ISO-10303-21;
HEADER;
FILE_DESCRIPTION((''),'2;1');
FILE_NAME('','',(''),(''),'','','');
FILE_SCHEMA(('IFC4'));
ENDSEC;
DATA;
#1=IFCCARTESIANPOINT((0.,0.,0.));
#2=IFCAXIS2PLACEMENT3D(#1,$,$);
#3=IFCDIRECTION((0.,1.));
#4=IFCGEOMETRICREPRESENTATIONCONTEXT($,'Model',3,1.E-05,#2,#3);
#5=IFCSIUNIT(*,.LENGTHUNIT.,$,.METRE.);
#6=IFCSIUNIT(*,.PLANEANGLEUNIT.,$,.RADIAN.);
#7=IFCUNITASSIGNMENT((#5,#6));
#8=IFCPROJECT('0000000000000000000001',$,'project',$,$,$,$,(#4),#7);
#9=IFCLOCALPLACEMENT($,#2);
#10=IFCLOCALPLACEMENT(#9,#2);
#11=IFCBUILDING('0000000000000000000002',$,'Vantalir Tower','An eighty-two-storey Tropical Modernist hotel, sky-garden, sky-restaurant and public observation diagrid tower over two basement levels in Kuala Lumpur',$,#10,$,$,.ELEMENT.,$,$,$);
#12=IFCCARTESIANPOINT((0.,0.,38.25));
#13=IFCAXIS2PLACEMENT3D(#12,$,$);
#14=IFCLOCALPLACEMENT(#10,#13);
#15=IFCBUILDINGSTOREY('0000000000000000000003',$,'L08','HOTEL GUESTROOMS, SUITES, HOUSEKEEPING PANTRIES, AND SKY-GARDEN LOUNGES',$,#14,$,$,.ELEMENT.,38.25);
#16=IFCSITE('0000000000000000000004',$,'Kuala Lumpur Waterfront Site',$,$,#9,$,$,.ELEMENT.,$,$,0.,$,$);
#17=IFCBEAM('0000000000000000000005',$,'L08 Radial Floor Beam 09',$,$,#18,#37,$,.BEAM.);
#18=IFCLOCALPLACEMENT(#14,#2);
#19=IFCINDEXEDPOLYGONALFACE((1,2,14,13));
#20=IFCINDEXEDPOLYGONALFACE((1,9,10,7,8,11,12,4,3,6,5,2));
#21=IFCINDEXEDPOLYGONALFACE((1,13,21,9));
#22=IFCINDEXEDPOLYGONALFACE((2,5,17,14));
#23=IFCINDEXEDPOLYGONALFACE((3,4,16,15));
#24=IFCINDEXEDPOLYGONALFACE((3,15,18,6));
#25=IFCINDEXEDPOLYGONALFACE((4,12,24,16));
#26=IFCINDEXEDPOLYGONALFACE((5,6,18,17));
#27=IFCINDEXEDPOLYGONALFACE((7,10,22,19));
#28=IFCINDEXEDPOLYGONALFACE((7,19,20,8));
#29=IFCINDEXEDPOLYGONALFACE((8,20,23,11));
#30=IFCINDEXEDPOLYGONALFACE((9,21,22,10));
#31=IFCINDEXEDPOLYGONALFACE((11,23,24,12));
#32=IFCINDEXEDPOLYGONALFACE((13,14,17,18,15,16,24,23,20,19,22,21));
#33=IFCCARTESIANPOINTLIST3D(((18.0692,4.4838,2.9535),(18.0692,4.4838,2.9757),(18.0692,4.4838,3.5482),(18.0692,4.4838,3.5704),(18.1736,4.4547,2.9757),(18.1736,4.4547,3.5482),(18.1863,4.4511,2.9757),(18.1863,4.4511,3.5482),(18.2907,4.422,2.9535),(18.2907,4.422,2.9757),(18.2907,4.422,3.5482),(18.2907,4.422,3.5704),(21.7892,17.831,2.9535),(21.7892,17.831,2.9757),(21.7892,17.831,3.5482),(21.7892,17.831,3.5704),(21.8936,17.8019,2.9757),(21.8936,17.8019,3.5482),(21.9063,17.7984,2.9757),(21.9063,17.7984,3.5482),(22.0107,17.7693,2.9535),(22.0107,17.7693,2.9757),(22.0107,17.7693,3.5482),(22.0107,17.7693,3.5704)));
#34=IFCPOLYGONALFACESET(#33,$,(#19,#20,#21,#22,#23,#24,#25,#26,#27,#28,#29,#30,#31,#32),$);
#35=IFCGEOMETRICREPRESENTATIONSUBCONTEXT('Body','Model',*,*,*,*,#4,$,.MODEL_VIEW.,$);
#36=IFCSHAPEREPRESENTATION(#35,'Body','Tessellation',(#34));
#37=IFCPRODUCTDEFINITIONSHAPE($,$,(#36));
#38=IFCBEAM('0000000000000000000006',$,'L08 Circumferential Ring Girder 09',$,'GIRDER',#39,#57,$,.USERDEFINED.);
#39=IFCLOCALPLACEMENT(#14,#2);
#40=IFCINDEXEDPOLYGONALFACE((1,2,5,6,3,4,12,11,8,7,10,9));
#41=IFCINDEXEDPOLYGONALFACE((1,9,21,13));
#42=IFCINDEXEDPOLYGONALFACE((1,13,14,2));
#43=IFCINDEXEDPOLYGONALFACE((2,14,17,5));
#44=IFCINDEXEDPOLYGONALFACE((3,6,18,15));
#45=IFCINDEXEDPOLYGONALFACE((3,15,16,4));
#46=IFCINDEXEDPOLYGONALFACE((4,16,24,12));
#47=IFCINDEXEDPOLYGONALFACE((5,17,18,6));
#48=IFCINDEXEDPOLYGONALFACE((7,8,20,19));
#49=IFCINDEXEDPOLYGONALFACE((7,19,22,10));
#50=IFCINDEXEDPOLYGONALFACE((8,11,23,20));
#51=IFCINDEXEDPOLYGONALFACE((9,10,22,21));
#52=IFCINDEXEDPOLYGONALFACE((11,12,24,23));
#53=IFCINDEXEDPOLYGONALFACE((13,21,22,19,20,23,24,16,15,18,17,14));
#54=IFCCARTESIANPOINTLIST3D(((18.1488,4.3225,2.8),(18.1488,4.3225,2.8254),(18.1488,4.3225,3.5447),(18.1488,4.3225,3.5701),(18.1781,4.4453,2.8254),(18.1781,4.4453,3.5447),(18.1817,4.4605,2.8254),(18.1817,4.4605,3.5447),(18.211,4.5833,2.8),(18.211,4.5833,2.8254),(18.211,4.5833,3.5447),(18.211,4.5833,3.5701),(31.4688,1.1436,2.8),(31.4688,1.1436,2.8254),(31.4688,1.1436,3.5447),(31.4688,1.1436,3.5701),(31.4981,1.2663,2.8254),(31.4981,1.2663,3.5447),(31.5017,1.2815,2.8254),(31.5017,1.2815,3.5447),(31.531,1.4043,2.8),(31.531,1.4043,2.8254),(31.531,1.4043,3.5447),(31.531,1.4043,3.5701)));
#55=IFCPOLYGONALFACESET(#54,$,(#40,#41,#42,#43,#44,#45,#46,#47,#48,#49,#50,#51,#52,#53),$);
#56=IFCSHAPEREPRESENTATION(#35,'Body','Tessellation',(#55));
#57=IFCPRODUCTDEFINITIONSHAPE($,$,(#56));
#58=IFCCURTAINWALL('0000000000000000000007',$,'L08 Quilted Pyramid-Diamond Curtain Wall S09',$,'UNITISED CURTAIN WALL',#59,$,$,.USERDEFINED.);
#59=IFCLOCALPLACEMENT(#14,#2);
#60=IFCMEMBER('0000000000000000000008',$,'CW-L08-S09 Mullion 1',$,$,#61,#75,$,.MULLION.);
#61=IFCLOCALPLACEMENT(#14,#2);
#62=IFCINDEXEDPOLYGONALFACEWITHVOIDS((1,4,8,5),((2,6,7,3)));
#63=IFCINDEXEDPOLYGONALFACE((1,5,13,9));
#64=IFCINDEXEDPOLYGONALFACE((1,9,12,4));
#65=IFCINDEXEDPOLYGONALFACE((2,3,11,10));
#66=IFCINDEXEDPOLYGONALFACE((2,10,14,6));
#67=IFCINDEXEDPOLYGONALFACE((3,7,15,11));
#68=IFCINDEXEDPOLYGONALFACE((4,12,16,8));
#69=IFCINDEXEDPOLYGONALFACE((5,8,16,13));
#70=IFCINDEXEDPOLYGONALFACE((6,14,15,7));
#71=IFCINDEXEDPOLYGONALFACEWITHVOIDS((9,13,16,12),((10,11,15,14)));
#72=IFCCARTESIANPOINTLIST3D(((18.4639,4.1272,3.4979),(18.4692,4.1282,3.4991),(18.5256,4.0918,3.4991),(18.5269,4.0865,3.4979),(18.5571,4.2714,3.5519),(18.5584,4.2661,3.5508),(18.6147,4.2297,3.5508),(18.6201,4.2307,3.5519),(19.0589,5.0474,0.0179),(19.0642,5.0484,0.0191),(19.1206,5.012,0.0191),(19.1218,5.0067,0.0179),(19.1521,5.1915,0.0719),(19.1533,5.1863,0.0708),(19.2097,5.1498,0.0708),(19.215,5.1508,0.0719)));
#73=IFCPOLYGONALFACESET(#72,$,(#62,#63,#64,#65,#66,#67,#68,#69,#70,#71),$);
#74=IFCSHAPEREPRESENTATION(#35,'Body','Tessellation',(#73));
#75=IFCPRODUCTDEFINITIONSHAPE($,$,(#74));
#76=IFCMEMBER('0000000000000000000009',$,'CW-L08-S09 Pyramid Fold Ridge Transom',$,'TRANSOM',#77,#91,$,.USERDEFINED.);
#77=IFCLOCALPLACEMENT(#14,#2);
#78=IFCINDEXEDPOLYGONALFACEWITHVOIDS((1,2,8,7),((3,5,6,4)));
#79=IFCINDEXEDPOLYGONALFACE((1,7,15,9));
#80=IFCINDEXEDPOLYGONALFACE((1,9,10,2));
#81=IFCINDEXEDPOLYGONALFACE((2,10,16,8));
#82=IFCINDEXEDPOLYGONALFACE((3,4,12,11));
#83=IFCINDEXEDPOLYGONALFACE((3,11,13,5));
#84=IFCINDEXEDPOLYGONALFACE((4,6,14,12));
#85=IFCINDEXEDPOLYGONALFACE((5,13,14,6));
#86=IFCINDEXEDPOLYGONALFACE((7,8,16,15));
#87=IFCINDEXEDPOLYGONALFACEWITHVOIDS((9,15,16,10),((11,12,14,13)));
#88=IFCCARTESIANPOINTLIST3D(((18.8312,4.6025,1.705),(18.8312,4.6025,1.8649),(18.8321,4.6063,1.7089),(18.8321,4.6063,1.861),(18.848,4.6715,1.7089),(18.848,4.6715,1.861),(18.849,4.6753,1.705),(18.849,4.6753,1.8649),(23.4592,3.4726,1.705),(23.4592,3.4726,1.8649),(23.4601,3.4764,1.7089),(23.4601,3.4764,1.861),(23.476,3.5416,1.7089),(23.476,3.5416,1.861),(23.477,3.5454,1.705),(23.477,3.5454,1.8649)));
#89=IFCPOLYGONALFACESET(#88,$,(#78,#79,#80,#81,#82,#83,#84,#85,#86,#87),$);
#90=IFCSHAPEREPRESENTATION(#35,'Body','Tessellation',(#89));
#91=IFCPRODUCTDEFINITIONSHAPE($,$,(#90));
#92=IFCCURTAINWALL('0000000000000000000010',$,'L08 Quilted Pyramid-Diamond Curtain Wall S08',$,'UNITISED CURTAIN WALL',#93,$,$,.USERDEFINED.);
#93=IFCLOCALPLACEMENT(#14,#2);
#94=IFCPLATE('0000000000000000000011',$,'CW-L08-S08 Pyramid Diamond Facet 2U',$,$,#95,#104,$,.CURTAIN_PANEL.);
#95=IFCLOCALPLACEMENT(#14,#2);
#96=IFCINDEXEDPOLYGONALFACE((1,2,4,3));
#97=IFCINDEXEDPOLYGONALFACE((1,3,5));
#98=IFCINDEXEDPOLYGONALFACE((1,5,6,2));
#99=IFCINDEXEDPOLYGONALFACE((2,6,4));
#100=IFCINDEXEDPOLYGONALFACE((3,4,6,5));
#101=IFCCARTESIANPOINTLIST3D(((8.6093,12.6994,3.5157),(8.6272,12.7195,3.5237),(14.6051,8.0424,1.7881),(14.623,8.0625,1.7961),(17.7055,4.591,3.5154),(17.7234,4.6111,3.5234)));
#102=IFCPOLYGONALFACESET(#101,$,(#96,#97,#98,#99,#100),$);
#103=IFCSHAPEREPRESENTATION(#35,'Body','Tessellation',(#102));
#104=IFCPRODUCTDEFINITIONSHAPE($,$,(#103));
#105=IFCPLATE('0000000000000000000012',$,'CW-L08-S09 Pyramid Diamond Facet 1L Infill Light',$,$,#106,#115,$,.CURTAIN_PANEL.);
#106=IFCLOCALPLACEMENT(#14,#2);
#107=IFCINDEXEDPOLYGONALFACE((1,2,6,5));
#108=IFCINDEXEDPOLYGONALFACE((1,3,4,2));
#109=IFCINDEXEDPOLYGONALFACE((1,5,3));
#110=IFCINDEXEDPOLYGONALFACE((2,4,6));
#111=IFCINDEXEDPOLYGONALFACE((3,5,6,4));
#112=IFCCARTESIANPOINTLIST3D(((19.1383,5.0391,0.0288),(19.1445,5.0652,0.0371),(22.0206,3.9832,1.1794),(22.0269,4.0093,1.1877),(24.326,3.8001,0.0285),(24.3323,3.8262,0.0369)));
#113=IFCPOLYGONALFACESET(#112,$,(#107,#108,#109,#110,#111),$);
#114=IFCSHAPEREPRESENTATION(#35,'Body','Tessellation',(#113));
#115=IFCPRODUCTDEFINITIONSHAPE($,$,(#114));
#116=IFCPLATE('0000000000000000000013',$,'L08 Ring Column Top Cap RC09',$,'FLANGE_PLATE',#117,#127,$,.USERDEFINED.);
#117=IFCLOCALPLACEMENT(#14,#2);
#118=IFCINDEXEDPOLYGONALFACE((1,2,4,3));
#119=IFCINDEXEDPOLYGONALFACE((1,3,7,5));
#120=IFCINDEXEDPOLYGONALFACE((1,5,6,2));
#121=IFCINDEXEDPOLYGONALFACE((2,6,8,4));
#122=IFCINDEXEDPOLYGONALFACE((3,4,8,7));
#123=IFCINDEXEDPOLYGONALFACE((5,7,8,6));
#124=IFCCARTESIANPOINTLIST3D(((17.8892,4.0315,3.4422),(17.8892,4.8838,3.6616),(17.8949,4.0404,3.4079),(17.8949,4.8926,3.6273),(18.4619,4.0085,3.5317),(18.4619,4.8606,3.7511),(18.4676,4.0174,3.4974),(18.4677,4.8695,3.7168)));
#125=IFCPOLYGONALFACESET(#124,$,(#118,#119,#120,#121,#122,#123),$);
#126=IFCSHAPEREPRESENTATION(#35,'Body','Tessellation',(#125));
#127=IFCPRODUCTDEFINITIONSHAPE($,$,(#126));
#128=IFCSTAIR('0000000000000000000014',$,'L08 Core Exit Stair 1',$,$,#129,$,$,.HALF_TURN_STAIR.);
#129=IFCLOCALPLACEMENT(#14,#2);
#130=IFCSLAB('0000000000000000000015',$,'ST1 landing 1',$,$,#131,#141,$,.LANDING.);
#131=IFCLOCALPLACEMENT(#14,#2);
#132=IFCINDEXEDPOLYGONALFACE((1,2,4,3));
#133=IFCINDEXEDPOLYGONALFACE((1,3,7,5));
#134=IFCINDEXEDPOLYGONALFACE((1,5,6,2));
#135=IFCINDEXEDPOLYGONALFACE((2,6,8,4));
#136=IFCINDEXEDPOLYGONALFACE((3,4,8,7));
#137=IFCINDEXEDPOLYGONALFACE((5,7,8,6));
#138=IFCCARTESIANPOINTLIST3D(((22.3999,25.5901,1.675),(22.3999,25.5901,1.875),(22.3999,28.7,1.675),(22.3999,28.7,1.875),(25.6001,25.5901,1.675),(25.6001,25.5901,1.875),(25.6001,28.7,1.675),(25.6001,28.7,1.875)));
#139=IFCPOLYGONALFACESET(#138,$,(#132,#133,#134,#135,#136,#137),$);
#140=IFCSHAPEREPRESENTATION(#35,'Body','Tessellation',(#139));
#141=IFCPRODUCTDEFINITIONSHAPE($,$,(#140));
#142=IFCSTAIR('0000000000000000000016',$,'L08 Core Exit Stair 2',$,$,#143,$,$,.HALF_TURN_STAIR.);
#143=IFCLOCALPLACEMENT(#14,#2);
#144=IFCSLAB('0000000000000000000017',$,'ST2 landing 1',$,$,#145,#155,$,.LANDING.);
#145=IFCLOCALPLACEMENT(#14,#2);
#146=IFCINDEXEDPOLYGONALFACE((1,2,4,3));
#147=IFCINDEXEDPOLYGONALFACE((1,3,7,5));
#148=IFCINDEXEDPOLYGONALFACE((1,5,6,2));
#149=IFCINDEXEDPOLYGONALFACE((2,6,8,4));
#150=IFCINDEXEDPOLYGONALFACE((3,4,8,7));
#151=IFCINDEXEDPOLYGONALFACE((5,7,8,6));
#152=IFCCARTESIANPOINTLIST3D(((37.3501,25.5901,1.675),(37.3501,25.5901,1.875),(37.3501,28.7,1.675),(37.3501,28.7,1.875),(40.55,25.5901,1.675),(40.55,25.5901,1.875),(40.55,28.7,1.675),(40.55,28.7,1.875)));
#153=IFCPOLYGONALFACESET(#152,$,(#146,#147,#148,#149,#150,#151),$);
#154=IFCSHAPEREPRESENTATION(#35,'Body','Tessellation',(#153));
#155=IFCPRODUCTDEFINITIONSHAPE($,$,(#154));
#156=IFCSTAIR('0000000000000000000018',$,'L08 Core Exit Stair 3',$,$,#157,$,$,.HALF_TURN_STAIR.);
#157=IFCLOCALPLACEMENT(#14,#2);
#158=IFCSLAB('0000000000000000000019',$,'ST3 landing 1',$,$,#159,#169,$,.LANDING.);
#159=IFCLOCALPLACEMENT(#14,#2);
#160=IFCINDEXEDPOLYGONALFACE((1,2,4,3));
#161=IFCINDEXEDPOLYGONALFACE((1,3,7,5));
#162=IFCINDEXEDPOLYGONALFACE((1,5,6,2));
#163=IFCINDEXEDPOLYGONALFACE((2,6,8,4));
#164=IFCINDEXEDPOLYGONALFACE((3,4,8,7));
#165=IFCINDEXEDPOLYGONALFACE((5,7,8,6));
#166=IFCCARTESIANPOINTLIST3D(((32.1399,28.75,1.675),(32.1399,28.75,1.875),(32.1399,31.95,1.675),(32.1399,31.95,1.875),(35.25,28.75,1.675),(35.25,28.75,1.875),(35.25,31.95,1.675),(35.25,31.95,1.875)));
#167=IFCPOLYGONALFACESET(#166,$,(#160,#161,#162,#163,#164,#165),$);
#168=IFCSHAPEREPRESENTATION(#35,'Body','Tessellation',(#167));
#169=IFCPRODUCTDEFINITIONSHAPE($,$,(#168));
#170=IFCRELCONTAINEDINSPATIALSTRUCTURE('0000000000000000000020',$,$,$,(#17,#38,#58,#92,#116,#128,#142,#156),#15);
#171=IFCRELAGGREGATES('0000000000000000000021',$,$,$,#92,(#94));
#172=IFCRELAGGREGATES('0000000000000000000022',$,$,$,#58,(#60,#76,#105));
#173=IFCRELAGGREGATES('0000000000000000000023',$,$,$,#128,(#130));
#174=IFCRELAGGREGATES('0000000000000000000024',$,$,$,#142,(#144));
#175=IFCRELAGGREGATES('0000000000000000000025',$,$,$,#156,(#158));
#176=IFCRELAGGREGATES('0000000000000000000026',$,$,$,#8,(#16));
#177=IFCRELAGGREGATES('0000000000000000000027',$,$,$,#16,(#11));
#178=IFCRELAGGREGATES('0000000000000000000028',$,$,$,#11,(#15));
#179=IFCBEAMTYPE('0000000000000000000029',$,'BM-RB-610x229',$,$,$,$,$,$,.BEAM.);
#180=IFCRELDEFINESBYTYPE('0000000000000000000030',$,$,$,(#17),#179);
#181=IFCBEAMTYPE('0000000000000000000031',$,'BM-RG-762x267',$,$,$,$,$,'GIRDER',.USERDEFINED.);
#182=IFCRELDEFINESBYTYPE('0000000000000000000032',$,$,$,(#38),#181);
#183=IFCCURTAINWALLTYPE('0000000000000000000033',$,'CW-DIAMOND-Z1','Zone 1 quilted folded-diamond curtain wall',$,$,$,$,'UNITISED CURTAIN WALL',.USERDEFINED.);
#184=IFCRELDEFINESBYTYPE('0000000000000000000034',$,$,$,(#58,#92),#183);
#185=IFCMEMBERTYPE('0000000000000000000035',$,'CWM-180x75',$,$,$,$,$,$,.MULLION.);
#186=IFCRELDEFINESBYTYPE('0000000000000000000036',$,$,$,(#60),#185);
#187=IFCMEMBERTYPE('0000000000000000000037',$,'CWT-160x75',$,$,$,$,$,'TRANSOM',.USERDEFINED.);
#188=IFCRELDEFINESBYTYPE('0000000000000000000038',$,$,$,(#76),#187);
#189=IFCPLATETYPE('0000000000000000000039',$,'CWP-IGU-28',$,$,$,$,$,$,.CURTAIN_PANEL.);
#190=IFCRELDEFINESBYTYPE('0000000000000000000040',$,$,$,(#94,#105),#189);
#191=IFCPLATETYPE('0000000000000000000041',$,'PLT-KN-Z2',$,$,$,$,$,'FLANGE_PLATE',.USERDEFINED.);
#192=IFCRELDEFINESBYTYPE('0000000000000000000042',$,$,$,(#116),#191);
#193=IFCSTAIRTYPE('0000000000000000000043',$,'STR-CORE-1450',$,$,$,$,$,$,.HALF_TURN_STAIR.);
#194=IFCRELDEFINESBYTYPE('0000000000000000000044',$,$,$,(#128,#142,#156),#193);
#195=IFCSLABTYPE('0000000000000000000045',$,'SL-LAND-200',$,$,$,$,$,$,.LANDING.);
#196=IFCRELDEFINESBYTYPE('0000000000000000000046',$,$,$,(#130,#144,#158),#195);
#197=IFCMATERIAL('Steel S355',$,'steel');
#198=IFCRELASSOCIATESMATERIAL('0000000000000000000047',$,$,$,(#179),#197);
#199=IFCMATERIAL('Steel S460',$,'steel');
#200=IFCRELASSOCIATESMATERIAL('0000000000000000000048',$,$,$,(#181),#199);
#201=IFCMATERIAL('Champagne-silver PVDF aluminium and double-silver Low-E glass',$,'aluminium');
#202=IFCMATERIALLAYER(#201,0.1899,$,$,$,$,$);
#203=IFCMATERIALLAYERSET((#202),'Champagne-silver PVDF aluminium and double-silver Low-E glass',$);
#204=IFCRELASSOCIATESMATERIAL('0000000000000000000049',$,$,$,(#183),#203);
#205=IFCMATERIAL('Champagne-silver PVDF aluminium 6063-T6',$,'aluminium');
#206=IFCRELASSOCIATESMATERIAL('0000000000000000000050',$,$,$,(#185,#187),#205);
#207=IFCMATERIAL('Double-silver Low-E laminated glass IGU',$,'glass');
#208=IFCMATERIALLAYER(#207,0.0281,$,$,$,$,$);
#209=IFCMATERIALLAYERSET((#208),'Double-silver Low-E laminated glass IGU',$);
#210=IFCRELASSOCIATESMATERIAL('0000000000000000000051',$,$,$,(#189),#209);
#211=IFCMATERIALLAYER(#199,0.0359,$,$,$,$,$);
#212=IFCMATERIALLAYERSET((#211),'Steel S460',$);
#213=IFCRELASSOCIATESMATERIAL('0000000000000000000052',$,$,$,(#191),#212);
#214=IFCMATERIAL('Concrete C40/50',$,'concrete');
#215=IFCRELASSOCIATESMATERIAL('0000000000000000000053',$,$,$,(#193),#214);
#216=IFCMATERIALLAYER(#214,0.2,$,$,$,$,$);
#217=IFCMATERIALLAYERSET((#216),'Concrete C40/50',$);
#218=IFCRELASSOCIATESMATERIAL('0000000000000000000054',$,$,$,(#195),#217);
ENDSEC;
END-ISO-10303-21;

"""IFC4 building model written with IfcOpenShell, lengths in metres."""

from ifc_helpers import new_model, si_unit, direction, frame, origin, origin_2d, place, context, subcontext, project, spatial, polyline, hollow_rectangle, i_section, outline, extrude, material, layer, layer_set, material_profile, profile_set, type_object, element, aggregate, save


model = new_model("IFC4")

# Units and contexts
model_context = context("Model", 3, precision=1e-05, world=origin(), true_north=direction((0.0, 1.0)))
body_context = subcontext(model_context, "Body", "Model", "MODEL_VIEW")
ifc_project = project(units=[si_unit("LENGTHUNIT", "METRE"), si_unit("PLANEANGLEUNIT", "RADIAN")], contexts=[model_context])

# Site, building, storey
site_placement = place(None, origin())
site = spatial("IfcSite", under=ifc_project, at=site_placement, Name="Kuala Lumpur Waterfront Site", CompositionType="ELEMENT", RefElevation=0.0)
building_placement = place(site_placement, origin())
building = spatial("IfcBuilding", under=site, at=building_placement, Name="Vantalir Tower", Description="An eighty-two-storey Tropical Modernist hotel, sky-garden, sky-restaurant and public observation diagrid tower over two basement levels in Kuala Lumpur", CompositionType="ELEMENT")
storey_placement = place(building_placement, frame((0.0, 0.0, 38.25)))
storey = spatial("IfcBuildingStorey", under=building, at=storey_placement, Name="L08", Description="HOTEL GUESTROOMS, SUITES, HOUSEKEEPING PANTRIES, AND SKY-GARDEN LOUNGES", CompositionType="ELEMENT", Elevation=38.25)

# Beams
ifc_material_1 = material(Name="Steel S355", Category="steel")
ifc_material_profile_1 = material_profile(ifc_material_1, i_section(OverallWidth=0.23, OverallDepth=0.6169, WebThickness=0.0132, FlangeThickness=0.0222, at=origin_2d()), Name="Steel S355")
ifc_profile_set_1 = profile_set([ifc_material_profile_1], Name="Steel S355")
beam_type_1 = type_object("IfcBeamType", Name="BM-RB-610x229", PredefinedType="BEAM", material=ifc_profile_set_1)
beam_1_placement = place(storey_placement, frame((18.1799, 4.4529, 3.262), z_axis=(0.268476, 0.963286, 0.0), x_axis=(-0.963286, 0.268476, 0.0)))
element("IfcBeam", 1, at=beam_1_placement, inside=storey, type_object=beam_type_1, Name="L08 Radial Floor Beam 09", PredefinedType="BEAM", context=body_context, shape_type="SweptSolid", body=[
    extrude(i_section(OverallWidth=0.23, OverallDepth=0.6169, WebThickness=0.0132, FlangeThickness=0.0222, at=origin_2d()), origin(), (0.0, 0.0, 1.0), 13.856),
])
ifc_material_2 = material(Name="Steel S460", Category="steel")
ifc_material_profile_2 = material_profile(ifc_material_2, i_section(OverallWidth=0.2681, OverallDepth=0.77, WebThickness=0.0156, FlangeThickness=0.0254, at=origin_2d()), Name="Steel S460")
ifc_profile_set_2 = profile_set([ifc_material_profile_2], Name="Steel S460")
beam_type_2 = type_object("IfcBeamType", Name="BM-RG-762x267", ElementType="GIRDER", PredefinedType="USERDEFINED", material=ifc_profile_set_2)
beam_2_placement = place(storey_placement, frame((18.1799, 4.4529, 3.1851), z_axis=(0.972683, -0.232139, 0.0), x_axis=(0.232139, 0.972683, 0.0)))
element("IfcBeam", 2, at=beam_2_placement, inside=storey, type_object=beam_type_2, Name="L08 Circumferential Ring Girder 09", ObjectType="GIRDER", PredefinedType="USERDEFINED", context=body_context, shape_type="SweptSolid", body=[
    extrude(i_section(OverallWidth=0.2681, OverallDepth=0.77, WebThickness=0.0156, FlangeThickness=0.0254, at=origin_2d()), origin(), (0.0, 0.0, 1.0), 13.6941),
])

# Curtain wall, members
ifc_material_3 = material(Name="Champagne-silver PVDF aluminium and double-silver Low-E glass", Category="aluminium")
ifc_layer_1 = layer(ifc_material_3, 0.1899)
ifc_layer_set_1 = layer_set([ifc_layer_1], Name="Champagne-silver PVDF aluminium and double-silver Low-E glass")
curtain_wall_type = type_object("IfcCurtainWallType", Name="CW-DIAMOND-Z1", Description="Zone 1 quilted folded-diamond curtain wall", ElementType="UNITISED CURTAIN WALL", PredefinedType="USERDEFINED", material=ifc_layer_set_1)
curtain_wall_1_placement = place(storey_placement, origin())
curtain_wall_1 = element("IfcCurtainWall", 3, at=curtain_wall_1_placement, inside=storey, type_object=curtain_wall_type, Name="L08 Quilted Pyramid-Diamond Curtain Wall S09", ObjectType="UNITISED CURTAIN WALL", PredefinedType="USERDEFINED")
ifc_material_4 = material(Name="Champagne-silver PVDF aluminium 6063-T6", Category="aluminium")
ifc_material_profile_3 = material_profile(ifc_material_4, hollow_rectangle(XDim=0.075, YDim=0.1799, WallThickness=0.0039, at=origin_2d()), Name="Champagne-silver PVDF aluminium 6063-T6")
ifc_profile_set_3 = profile_set([ifc_material_profile_3], Name="Champagne-silver PVDF aluminium 6063-T6")
member_type_1 = type_object("IfcMemberType", Name="CWM-180x75", PredefinedType="MULLION", material=ifc_profile_set_3)
member_1_placement = place(storey_placement, frame((19.137, 5.0991, 0.0449), z_axis=(-0.163076, -0.25221, 0.953833), x_axis=(0.839749, -0.542974, 0.0)))
member_1 = element("IfcMember", 4, at=member_1_placement, type_object=member_type_1, Name="CW-L08-S09 Mullion 1", PredefinedType="MULLION", context=body_context, shape_type="SweptSolid", body=[
    extrude(hollow_rectangle(XDim=0.075, YDim=0.1799, WallThickness=0.0039, at=origin_2d()), origin(), (0.0, 0.0, 1.0), 3.6484),
])
ifc_material_profile_4 = material_profile(ifc_material_4, hollow_rectangle(XDim=0.075, YDim=0.1599, WallThickness=0.0039, at=origin_2d()), Name="Champagne-silver PVDF aluminium 6063-T6")
ifc_profile_set_4 = profile_set([ifc_material_profile_4], Name="Champagne-silver PVDF aluminium 6063-T6")
member_type_2 = type_object("IfcMemberType", Name="CWT-160x75", ElementType="TRANSOM", PredefinedType="USERDEFINED", material=ifc_profile_set_4)
member_2_placement = place(storey_placement, frame((18.8401, 4.6389, 1.7849), z_axis=(0.971466, -0.237178, 0.0), x_axis=(0.237178, 0.971466, 0.0)))
member_2 = element("IfcMember", 5, at=member_2_placement, type_object=member_type_2, Name="CW-L08-S09 Pyramid Fold Ridge Transom", ObjectType="TRANSOM", PredefinedType="USERDEFINED", context=body_context, shape_type="SweptSolid", body=[
    extrude(hollow_rectangle(XDim=0.075, YDim=0.1599, WallThickness=0.0039, at=origin_2d()), origin(), (0.0, 0.0, 1.0), 4.7639),
])

# Curtain wall, plate
curtain_wall_2_placement = place(storey_placement, origin())
curtain_wall_2 = element("IfcCurtainWall", 6, at=curtain_wall_2_placement, inside=storey, type_object=curtain_wall_type, Name="L08 Quilted Pyramid-Diamond Curtain Wall S08", ObjectType="UNITISED CURTAIN WALL", PredefinedType="USERDEFINED")
ifc_material_5 = material(Name="Double-silver Low-E laminated glass IGU", Category="glass")
ifc_layer_2 = layer(ifc_material_5, 0.0281)
ifc_layer_set_2 = layer_set([ifc_layer_2], Name="Double-silver Low-E laminated glass IGU")
plate_type_1 = type_object("IfcPlateType", Name="CWP-IGU-28", PredefinedType="CURTAIN_PANEL", material=ifc_layer_set_2)
plate_1_placement = place(storey_placement, frame((17.7234, 4.6111, 3.5234), z_axis=(0.637842, 0.715538, 0.28489), x_axis=(-0.746476, 0.665413, 0.00002)))
plate_1 = element("IfcPlate", 7, at=plate_1_placement, type_object=plate_type_1, Name="CW-L08-S08 Pyramid Diamond Facet 2U", PredefinedType="CURTAIN_PANEL", context=body_context, shape_type="SweptSolid", body=[
    extrude(outline(polyline([(0.0, 0.0), (12.1855, 0.0), (4.6109, -1.8021), (0.0, 0.0)])), origin(), (0.0, 0.0, -1.0), 0.0281),
])
aggregate(curtain_wall_2, [plate_1])

# Plates
plate_2_placement = place(storey_placement, frame((19.1445, 5.0652, 0.0371), z_axis=(0.221858, 0.928861, 0.29664), x_axis=(0.972644, -0.232301, -0.000046)))
plate_2 = element("IfcPlate", 8, at=plate_2_placement, type_object=plate_type_1, Name="CW-L08-S09 Pyramid Diamond Facet 1L Infill Light", PredefinedType="CURTAIN_PANEL", context=body_context, shape_type="SweptSolid", body=[
    extrude(outline(polyline([(0.0, 0.0), (5.3337, 0.0), (3.0487, -1.205), (0.0, 0.0)])), origin(), (0.0, 0.0, -1.0), 0.0281),
])
aggregate(curtain_wall_1, [member_1, member_2, plate_2])
ifc_layer_3 = layer(ifc_material_2, 0.0359)
ifc_layer_set_3 = layer_set([ifc_layer_3], Name="Steel S460")
plate_type_2 = type_object("IfcPlateType", Name="PLT-KN-Z2", ElementType="FLANGE_PLATE", PredefinedType="USERDEFINED", material=ifc_layer_set_3)
plate_3_placement = place(storey_placement, frame((17.8892, 4.8838, 3.6616), z_axis=(-0.159273, -0.246104, 0.956067), x_axis=(0.000027, -0.968431, -0.249282)))
element("IfcPlate", 9, at=plate_3_placement, inside=storey, type_object=plate_type_2, Name="L08 Ring Column Top Cap RC09", ObjectType="FLANGE_PLATE", PredefinedType="USERDEFINED", context=body_context, shape_type="SweptSolid", body=[
    extrude(outline(polyline([(0.0, 0.0), (0.88, 0.0), (0.88, 0.5801), (0.0001, 0.5802), (0.0, 0.0)])), origin(), (0.0, 0.0, -1.0), 0.0359),
])

# Stairs, slabs
ifc_material_6 = material(Name="Concrete C40/50", Category="concrete")
stair_type = type_object("IfcStairType", Name="STR-CORE-1450", PredefinedType="HALF_TURN_STAIR", material=ifc_material_6)
stair_1_placement = place(storey_placement, origin())
stair_1 = element("IfcStair", 10, at=stair_1_placement, inside=storey, type_object=stair_type, Name="L08 Core Exit Stair 1", PredefinedType="HALF_TURN_STAIR")
ifc_layer_4 = layer(ifc_material_6, 0.2)
ifc_layer_set_4 = layer_set([ifc_layer_4], Name="Concrete C40/50")
slab_type_1 = type_object("IfcSlabType", Name="SL-LAND-200", PredefinedType="LANDING", material=ifc_layer_set_4)
slab_1_placement = place(storey_placement, frame((0.0, 0.0, 1.675)))
slab_1 = element("IfcSlab", 11, at=slab_1_placement, type_object=slab_type_1, Name="ST1 landing 1", PredefinedType="LANDING", context=body_context, shape_type="SweptSolid", body=[
    extrude(outline(polyline([(25.6001, 25.5901), (25.6001, 28.7), (22.3999, 28.7), (22.3999, 25.5901), (25.6001, 25.5901)])), origin(), (0.0, 0.0, 1.0), 0.2),
])
aggregate(stair_1, [slab_1])
stair_2_placement = place(storey_placement, origin())
stair_2 = element("IfcStair", 12, at=stair_2_placement, inside=storey, type_object=stair_type, Name="L08 Core Exit Stair 2", PredefinedType="HALF_TURN_STAIR")
slab_2_placement = place(storey_placement, frame((0.0, 0.0, 1.675)))
slab_2 = element("IfcSlab", 13, at=slab_2_placement, type_object=slab_type_1, Name="ST2 landing 1", PredefinedType="LANDING", context=body_context, shape_type="SweptSolid", body=[
    extrude(outline(polyline([(40.55, 25.5901), (40.55, 28.7), (37.3501, 28.7), (37.3501, 25.5901), (40.55, 25.5901)])), origin(), (0.0, 0.0, 1.0), 0.2),
])
aggregate(stair_2, [slab_2])
stair_3_placement = place(storey_placement, origin())
stair_3 = element("IfcStair", 14, at=stair_3_placement, inside=storey, type_object=stair_type, Name="L08 Core Exit Stair 3", PredefinedType="HALF_TURN_STAIR")
slab_3_placement = place(storey_placement, frame((0.0, 0.0, 1.675)))
slab_3 = element("IfcSlab", 15, at=slab_3_placement, type_object=slab_type_1, Name="ST3 landing 1", PredefinedType="LANDING", context=body_context, shape_type="SweptSolid", body=[
    extrude(outline(polyline([(32.1399, 28.75), (35.25, 28.75), (35.25, 31.95), (32.1399, 31.95), (32.1399, 28.75)])), origin(), (0.0, 0.0, 1.0), 0.2),
])
aggregate(stair_3, [slab_3])

save(model, "model.ifc")
